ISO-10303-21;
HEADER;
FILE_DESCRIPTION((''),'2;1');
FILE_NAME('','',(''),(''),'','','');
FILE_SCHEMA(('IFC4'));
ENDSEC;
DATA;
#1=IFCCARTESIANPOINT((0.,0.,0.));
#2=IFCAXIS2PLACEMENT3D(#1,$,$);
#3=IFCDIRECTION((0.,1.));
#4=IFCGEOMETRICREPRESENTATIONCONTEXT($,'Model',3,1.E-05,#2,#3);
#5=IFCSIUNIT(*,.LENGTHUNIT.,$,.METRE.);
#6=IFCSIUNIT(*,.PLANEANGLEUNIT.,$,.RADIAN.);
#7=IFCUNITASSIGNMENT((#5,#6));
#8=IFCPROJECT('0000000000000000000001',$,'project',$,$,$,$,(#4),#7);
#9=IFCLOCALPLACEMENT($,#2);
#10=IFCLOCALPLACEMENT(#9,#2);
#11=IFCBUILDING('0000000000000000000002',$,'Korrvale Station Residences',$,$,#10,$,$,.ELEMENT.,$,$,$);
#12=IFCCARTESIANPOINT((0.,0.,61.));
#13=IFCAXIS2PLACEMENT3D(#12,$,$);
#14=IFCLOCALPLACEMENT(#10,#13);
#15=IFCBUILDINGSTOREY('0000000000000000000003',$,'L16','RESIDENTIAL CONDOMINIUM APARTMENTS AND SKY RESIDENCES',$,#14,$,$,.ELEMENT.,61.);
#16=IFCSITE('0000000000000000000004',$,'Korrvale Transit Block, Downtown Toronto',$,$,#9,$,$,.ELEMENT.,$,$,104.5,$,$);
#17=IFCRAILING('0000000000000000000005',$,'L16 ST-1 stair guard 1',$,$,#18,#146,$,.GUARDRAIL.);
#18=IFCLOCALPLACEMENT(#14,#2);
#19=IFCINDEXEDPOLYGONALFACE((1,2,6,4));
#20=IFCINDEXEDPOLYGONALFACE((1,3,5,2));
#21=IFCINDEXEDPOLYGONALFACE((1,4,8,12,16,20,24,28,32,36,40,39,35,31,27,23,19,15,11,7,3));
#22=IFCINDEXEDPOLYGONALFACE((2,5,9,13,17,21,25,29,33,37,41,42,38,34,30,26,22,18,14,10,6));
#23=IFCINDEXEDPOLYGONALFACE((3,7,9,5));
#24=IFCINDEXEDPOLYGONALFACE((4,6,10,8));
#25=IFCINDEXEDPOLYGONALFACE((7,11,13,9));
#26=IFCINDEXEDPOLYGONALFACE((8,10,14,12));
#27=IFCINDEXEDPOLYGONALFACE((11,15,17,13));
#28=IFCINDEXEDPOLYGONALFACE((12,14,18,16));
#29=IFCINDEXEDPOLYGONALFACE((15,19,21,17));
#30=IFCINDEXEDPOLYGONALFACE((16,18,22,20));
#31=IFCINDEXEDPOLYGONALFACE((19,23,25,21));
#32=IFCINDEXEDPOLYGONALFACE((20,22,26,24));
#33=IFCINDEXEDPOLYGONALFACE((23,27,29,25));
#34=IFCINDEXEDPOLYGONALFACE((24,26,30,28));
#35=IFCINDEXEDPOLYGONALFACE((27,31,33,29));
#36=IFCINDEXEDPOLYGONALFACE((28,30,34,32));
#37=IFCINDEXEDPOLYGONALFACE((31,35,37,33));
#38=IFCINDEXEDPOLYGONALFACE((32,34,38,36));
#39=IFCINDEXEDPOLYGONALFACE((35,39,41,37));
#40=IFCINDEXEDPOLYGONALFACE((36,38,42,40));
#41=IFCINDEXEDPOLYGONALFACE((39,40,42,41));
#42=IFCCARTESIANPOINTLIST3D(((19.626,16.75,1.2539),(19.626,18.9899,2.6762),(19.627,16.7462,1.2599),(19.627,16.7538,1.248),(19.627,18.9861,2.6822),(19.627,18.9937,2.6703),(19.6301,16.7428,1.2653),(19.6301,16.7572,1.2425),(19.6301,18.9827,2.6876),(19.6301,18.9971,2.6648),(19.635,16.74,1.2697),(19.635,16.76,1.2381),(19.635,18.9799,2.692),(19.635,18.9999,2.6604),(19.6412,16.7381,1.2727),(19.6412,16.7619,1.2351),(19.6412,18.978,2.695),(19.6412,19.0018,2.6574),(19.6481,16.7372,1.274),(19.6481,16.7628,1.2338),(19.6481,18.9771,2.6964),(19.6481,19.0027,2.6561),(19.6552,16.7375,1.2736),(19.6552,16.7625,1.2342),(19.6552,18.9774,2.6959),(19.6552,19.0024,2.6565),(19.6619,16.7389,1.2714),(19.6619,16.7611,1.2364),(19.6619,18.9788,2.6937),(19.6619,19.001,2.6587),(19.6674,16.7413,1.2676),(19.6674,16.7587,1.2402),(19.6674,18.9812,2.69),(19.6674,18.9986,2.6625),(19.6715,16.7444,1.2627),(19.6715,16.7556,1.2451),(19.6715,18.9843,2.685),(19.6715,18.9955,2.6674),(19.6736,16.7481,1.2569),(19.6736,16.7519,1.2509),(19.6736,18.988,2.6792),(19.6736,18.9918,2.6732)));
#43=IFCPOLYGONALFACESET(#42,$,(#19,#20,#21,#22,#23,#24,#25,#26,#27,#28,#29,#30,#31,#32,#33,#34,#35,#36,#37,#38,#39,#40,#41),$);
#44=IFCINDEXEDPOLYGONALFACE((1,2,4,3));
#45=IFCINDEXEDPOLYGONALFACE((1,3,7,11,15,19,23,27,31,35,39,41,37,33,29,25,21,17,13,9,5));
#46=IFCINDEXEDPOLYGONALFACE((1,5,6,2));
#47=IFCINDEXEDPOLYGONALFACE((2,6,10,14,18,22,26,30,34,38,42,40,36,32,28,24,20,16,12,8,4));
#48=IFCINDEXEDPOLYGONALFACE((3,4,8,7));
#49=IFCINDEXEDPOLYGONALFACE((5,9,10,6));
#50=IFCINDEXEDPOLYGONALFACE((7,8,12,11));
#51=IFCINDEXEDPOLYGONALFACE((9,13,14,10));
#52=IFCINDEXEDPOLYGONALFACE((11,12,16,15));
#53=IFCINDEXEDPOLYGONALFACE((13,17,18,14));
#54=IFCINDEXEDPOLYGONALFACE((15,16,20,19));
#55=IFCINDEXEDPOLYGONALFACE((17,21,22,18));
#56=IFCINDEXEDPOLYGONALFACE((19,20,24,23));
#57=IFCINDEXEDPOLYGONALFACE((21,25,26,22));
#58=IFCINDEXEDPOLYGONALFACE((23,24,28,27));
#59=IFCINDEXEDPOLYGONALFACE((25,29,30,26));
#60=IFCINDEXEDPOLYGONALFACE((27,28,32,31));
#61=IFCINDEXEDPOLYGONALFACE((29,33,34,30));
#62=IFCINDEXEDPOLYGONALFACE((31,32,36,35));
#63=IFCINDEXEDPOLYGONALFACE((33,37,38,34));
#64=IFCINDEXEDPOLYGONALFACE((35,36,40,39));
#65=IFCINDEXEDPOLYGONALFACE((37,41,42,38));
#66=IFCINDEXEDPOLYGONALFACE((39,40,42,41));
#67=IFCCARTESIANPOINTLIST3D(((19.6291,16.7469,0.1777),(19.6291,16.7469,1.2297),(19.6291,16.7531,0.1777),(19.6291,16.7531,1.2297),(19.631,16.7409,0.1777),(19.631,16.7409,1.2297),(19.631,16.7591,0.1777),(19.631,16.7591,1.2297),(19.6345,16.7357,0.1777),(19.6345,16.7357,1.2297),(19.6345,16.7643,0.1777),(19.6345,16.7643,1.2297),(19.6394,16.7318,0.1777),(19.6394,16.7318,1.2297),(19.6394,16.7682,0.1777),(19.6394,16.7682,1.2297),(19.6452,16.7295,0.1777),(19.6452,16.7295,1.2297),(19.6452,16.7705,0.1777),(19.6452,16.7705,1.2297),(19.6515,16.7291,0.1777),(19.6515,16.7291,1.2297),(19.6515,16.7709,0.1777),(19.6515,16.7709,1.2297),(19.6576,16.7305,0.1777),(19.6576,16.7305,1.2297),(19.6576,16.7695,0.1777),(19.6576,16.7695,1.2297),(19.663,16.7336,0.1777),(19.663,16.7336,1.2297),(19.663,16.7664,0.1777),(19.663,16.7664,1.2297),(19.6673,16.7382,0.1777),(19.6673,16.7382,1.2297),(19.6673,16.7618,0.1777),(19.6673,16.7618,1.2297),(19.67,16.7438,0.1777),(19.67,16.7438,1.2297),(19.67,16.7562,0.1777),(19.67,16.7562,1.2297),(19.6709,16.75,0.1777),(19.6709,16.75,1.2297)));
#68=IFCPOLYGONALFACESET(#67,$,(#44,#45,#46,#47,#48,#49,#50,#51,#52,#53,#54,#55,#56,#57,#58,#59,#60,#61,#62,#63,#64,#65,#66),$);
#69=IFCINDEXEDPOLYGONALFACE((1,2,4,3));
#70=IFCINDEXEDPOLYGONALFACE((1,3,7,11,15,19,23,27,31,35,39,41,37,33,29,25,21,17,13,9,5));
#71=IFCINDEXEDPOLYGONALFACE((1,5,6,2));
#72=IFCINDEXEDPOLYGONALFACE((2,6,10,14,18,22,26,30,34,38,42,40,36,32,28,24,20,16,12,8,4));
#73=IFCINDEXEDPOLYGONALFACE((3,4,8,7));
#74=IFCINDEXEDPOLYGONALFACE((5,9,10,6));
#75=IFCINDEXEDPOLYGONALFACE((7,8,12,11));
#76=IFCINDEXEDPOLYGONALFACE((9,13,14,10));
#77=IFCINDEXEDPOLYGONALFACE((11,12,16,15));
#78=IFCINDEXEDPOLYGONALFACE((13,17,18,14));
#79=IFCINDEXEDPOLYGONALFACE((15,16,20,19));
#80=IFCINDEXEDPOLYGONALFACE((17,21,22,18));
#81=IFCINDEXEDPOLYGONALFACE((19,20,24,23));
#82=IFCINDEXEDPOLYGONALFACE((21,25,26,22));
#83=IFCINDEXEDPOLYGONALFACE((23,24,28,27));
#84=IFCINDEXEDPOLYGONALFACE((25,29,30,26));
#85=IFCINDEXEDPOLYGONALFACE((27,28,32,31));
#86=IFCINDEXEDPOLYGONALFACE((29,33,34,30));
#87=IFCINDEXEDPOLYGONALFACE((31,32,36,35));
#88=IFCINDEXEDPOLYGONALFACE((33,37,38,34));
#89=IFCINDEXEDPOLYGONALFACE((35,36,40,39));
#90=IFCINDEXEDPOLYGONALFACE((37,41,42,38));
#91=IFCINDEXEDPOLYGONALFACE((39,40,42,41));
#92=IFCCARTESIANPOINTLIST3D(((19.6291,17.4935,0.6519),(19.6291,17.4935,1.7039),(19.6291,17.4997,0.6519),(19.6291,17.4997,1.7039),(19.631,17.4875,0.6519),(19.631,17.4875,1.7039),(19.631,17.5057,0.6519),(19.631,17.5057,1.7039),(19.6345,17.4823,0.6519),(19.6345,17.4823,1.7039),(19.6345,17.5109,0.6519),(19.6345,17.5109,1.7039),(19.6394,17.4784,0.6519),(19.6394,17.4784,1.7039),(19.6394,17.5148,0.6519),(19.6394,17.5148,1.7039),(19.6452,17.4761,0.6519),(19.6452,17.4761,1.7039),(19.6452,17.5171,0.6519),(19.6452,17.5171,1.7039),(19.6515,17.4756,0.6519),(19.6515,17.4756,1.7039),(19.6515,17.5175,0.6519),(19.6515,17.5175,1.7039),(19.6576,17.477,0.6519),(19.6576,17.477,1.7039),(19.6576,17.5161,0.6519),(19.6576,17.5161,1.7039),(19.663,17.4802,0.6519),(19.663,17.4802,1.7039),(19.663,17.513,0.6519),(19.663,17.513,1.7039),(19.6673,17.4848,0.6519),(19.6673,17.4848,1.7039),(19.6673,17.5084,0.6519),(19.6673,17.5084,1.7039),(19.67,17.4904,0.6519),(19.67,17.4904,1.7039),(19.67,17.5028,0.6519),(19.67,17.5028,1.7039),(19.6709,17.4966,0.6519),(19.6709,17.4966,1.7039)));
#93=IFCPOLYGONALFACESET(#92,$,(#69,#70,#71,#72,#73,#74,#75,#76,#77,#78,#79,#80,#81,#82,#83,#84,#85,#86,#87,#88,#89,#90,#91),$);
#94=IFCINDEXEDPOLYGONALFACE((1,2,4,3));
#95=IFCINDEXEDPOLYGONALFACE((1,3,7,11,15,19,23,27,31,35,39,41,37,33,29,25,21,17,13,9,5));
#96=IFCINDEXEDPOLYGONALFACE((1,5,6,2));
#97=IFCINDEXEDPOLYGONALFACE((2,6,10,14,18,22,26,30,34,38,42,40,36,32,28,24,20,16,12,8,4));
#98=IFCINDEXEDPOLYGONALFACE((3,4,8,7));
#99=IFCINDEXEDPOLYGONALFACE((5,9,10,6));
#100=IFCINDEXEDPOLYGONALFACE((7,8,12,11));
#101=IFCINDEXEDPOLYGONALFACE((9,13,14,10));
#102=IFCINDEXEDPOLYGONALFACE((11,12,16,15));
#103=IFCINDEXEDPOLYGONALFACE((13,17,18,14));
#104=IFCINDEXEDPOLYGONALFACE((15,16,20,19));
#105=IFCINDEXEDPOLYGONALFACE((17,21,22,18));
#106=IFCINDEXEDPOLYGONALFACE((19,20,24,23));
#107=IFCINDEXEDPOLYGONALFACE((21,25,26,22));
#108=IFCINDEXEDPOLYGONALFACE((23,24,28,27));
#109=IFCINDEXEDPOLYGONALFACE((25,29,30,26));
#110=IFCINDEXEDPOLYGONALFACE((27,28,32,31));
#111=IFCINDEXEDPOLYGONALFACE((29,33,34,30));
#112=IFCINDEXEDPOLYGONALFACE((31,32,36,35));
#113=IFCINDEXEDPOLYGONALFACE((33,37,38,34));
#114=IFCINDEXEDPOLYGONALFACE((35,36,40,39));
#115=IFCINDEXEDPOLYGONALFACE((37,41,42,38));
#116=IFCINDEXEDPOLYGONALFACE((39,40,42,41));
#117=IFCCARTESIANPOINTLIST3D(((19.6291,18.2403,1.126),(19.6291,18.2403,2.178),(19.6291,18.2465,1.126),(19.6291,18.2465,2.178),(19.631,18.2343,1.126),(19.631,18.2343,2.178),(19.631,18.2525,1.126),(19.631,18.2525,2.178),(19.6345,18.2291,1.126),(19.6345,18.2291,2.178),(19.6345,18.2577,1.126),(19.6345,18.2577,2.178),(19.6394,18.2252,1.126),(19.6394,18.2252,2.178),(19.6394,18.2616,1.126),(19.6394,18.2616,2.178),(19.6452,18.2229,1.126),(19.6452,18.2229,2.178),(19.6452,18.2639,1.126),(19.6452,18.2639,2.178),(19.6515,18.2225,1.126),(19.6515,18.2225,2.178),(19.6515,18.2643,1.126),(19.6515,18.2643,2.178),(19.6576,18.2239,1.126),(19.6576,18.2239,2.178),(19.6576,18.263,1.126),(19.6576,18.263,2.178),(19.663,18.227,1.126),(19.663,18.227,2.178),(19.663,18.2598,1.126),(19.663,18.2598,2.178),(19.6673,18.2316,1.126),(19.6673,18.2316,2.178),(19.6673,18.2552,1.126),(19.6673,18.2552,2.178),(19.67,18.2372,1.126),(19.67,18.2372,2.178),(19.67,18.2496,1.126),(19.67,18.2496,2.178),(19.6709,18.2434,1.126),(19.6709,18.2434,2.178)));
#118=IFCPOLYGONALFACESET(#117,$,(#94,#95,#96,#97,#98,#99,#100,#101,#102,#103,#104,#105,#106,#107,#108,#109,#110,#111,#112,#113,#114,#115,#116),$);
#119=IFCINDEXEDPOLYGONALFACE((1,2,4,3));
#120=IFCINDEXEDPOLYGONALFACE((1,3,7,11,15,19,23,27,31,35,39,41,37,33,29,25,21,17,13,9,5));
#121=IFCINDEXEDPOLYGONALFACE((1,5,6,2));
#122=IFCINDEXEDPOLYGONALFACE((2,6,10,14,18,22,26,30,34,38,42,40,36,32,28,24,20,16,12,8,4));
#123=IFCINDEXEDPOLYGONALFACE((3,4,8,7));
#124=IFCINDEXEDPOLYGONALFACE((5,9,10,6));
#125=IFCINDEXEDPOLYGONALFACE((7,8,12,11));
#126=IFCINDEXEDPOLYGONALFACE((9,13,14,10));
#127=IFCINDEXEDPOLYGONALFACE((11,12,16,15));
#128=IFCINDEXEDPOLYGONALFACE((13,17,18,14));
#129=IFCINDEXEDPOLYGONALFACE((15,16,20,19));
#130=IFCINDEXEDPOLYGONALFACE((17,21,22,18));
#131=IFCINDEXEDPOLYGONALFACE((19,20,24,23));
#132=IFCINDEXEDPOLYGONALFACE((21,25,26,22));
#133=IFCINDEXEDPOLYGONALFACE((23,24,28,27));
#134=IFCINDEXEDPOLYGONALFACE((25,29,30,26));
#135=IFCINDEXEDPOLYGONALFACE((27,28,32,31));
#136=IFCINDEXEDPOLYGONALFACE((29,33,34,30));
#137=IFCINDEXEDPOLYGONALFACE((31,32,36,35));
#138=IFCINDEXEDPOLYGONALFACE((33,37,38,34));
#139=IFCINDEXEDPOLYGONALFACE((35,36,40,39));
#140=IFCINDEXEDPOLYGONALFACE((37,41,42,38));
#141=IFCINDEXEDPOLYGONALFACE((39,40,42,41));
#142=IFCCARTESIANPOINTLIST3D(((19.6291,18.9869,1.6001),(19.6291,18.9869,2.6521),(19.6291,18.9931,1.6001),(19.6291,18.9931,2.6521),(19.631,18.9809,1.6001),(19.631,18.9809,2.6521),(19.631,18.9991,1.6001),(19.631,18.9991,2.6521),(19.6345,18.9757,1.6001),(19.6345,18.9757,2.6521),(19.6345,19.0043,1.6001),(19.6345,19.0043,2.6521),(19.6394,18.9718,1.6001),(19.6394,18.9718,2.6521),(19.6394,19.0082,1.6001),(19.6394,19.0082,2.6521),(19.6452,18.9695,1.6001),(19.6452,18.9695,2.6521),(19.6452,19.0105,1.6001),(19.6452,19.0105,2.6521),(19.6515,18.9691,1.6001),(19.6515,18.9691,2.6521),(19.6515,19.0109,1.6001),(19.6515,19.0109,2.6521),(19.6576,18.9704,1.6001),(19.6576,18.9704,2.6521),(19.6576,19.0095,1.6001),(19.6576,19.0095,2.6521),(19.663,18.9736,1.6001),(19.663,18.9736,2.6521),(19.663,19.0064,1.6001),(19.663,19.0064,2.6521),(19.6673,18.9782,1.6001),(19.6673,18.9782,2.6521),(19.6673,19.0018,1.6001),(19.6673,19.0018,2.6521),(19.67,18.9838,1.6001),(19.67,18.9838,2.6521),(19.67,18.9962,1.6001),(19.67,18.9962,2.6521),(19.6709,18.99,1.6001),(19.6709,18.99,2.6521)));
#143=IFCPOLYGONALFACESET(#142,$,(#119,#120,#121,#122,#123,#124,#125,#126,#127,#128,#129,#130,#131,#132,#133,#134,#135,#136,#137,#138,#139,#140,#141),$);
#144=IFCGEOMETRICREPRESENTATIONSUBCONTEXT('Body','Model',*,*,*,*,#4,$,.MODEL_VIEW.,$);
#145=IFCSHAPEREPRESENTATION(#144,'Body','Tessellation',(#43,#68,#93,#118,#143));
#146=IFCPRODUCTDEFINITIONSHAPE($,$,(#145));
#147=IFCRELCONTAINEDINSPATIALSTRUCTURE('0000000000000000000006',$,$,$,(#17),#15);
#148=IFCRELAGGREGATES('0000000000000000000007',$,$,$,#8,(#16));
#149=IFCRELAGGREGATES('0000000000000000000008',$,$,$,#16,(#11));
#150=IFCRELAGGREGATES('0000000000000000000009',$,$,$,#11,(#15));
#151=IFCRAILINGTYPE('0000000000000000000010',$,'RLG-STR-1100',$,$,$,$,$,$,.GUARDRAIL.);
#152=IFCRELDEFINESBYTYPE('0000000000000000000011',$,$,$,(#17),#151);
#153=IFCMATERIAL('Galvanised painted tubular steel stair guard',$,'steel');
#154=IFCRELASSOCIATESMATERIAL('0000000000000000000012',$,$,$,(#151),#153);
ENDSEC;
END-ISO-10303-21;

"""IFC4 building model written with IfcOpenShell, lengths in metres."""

from ifc_helpers import new_model, si_unit, direction, frame, origin, origin_2d, place, context, subcontext, project, spatial, circle, extrude, material, type_object, element, save


model = new_model("IFC4")

# Units and contexts
model_context = context("Model", 3, precision=1e-05, world=origin(), true_north=direction((0.0, 1.0)))
body_context = subcontext(model_context, "Body", "Model", "MODEL_VIEW")
ifc_project = project(units=[si_unit("LENGTHUNIT", "METRE"), si_unit("PLANEANGLEUNIT", "RADIAN")], contexts=[model_context])

# Site, building, storey
site_placement = place(None, origin())
site = spatial("IfcSite", under=ifc_project, at=site_placement, Name="Korrvale Transit Block, Downtown Toronto", CompositionType="ELEMENT", RefElevation=104.5)
building_placement = place(site_placement, origin())
building = spatial("IfcBuilding", under=site, at=building_placement, Name="Korrvale Station Residences", CompositionType="ELEMENT")
storey_placement = place(building_placement, frame((0.0, 0.0, 61.0)))
storey = spatial("IfcBuildingStorey", under=building, at=storey_placement, Name="L16", Description="RESIDENTIAL CONDOMINIUM APARTMENTS AND SKY RESIDENCES", CompositionType="ELEMENT", Elevation=61.0)

# Railing
ifc_material_1 = material(Name="Galvanised painted tubular steel stair guard", Category="steel")
railing_type_1 = type_object("IfcRailingType", Name="RLG-STR-1100", PredefinedType="GUARDRAIL", material=ifc_material_1)
railing_1_placement = place(storey_placement, frame((19.6499, 16.75, 0.1777)))
element("IfcRailing", 1, at=railing_1_placement, inside=storey, type_object=railing_type_1, Name="L16 ST-1 stair guard 1", PredefinedType="GUARDRAIL", context=body_context, shape_type="SweptSolid", body=[
    extrude(circle(Radius=0.0239, at=origin_2d()), frame((0.0, 0.0, 1.0762), z_axis=(0.0, 0.844188, 0.536048), x_axis=(-1.0, 0.0, 0.0)), (0.0, 0.0, 1.0), 2.6533),
    extrude(circle(Radius=0.021, at=origin_2d()), origin(), (0.0, 0.0, 1.0), 1.052),
    extrude(circle(Radius=0.021, at=origin_2d()), frame((0.0, 0.7466, 0.4741)), (0.0, 0.0, 1.0), 1.052),
    extrude(circle(Radius=0.021, at=origin_2d()), frame((0.0, 1.4934, 0.9482)), (0.0, 0.0, 1.0), 1.052),
    extrude(circle(Radius=0.021, at=origin_2d()), frame((0.0, 2.24, 1.4224)), (0.0, 0.0, 1.0), 1.052),
])

save(model, "model.ifc")
